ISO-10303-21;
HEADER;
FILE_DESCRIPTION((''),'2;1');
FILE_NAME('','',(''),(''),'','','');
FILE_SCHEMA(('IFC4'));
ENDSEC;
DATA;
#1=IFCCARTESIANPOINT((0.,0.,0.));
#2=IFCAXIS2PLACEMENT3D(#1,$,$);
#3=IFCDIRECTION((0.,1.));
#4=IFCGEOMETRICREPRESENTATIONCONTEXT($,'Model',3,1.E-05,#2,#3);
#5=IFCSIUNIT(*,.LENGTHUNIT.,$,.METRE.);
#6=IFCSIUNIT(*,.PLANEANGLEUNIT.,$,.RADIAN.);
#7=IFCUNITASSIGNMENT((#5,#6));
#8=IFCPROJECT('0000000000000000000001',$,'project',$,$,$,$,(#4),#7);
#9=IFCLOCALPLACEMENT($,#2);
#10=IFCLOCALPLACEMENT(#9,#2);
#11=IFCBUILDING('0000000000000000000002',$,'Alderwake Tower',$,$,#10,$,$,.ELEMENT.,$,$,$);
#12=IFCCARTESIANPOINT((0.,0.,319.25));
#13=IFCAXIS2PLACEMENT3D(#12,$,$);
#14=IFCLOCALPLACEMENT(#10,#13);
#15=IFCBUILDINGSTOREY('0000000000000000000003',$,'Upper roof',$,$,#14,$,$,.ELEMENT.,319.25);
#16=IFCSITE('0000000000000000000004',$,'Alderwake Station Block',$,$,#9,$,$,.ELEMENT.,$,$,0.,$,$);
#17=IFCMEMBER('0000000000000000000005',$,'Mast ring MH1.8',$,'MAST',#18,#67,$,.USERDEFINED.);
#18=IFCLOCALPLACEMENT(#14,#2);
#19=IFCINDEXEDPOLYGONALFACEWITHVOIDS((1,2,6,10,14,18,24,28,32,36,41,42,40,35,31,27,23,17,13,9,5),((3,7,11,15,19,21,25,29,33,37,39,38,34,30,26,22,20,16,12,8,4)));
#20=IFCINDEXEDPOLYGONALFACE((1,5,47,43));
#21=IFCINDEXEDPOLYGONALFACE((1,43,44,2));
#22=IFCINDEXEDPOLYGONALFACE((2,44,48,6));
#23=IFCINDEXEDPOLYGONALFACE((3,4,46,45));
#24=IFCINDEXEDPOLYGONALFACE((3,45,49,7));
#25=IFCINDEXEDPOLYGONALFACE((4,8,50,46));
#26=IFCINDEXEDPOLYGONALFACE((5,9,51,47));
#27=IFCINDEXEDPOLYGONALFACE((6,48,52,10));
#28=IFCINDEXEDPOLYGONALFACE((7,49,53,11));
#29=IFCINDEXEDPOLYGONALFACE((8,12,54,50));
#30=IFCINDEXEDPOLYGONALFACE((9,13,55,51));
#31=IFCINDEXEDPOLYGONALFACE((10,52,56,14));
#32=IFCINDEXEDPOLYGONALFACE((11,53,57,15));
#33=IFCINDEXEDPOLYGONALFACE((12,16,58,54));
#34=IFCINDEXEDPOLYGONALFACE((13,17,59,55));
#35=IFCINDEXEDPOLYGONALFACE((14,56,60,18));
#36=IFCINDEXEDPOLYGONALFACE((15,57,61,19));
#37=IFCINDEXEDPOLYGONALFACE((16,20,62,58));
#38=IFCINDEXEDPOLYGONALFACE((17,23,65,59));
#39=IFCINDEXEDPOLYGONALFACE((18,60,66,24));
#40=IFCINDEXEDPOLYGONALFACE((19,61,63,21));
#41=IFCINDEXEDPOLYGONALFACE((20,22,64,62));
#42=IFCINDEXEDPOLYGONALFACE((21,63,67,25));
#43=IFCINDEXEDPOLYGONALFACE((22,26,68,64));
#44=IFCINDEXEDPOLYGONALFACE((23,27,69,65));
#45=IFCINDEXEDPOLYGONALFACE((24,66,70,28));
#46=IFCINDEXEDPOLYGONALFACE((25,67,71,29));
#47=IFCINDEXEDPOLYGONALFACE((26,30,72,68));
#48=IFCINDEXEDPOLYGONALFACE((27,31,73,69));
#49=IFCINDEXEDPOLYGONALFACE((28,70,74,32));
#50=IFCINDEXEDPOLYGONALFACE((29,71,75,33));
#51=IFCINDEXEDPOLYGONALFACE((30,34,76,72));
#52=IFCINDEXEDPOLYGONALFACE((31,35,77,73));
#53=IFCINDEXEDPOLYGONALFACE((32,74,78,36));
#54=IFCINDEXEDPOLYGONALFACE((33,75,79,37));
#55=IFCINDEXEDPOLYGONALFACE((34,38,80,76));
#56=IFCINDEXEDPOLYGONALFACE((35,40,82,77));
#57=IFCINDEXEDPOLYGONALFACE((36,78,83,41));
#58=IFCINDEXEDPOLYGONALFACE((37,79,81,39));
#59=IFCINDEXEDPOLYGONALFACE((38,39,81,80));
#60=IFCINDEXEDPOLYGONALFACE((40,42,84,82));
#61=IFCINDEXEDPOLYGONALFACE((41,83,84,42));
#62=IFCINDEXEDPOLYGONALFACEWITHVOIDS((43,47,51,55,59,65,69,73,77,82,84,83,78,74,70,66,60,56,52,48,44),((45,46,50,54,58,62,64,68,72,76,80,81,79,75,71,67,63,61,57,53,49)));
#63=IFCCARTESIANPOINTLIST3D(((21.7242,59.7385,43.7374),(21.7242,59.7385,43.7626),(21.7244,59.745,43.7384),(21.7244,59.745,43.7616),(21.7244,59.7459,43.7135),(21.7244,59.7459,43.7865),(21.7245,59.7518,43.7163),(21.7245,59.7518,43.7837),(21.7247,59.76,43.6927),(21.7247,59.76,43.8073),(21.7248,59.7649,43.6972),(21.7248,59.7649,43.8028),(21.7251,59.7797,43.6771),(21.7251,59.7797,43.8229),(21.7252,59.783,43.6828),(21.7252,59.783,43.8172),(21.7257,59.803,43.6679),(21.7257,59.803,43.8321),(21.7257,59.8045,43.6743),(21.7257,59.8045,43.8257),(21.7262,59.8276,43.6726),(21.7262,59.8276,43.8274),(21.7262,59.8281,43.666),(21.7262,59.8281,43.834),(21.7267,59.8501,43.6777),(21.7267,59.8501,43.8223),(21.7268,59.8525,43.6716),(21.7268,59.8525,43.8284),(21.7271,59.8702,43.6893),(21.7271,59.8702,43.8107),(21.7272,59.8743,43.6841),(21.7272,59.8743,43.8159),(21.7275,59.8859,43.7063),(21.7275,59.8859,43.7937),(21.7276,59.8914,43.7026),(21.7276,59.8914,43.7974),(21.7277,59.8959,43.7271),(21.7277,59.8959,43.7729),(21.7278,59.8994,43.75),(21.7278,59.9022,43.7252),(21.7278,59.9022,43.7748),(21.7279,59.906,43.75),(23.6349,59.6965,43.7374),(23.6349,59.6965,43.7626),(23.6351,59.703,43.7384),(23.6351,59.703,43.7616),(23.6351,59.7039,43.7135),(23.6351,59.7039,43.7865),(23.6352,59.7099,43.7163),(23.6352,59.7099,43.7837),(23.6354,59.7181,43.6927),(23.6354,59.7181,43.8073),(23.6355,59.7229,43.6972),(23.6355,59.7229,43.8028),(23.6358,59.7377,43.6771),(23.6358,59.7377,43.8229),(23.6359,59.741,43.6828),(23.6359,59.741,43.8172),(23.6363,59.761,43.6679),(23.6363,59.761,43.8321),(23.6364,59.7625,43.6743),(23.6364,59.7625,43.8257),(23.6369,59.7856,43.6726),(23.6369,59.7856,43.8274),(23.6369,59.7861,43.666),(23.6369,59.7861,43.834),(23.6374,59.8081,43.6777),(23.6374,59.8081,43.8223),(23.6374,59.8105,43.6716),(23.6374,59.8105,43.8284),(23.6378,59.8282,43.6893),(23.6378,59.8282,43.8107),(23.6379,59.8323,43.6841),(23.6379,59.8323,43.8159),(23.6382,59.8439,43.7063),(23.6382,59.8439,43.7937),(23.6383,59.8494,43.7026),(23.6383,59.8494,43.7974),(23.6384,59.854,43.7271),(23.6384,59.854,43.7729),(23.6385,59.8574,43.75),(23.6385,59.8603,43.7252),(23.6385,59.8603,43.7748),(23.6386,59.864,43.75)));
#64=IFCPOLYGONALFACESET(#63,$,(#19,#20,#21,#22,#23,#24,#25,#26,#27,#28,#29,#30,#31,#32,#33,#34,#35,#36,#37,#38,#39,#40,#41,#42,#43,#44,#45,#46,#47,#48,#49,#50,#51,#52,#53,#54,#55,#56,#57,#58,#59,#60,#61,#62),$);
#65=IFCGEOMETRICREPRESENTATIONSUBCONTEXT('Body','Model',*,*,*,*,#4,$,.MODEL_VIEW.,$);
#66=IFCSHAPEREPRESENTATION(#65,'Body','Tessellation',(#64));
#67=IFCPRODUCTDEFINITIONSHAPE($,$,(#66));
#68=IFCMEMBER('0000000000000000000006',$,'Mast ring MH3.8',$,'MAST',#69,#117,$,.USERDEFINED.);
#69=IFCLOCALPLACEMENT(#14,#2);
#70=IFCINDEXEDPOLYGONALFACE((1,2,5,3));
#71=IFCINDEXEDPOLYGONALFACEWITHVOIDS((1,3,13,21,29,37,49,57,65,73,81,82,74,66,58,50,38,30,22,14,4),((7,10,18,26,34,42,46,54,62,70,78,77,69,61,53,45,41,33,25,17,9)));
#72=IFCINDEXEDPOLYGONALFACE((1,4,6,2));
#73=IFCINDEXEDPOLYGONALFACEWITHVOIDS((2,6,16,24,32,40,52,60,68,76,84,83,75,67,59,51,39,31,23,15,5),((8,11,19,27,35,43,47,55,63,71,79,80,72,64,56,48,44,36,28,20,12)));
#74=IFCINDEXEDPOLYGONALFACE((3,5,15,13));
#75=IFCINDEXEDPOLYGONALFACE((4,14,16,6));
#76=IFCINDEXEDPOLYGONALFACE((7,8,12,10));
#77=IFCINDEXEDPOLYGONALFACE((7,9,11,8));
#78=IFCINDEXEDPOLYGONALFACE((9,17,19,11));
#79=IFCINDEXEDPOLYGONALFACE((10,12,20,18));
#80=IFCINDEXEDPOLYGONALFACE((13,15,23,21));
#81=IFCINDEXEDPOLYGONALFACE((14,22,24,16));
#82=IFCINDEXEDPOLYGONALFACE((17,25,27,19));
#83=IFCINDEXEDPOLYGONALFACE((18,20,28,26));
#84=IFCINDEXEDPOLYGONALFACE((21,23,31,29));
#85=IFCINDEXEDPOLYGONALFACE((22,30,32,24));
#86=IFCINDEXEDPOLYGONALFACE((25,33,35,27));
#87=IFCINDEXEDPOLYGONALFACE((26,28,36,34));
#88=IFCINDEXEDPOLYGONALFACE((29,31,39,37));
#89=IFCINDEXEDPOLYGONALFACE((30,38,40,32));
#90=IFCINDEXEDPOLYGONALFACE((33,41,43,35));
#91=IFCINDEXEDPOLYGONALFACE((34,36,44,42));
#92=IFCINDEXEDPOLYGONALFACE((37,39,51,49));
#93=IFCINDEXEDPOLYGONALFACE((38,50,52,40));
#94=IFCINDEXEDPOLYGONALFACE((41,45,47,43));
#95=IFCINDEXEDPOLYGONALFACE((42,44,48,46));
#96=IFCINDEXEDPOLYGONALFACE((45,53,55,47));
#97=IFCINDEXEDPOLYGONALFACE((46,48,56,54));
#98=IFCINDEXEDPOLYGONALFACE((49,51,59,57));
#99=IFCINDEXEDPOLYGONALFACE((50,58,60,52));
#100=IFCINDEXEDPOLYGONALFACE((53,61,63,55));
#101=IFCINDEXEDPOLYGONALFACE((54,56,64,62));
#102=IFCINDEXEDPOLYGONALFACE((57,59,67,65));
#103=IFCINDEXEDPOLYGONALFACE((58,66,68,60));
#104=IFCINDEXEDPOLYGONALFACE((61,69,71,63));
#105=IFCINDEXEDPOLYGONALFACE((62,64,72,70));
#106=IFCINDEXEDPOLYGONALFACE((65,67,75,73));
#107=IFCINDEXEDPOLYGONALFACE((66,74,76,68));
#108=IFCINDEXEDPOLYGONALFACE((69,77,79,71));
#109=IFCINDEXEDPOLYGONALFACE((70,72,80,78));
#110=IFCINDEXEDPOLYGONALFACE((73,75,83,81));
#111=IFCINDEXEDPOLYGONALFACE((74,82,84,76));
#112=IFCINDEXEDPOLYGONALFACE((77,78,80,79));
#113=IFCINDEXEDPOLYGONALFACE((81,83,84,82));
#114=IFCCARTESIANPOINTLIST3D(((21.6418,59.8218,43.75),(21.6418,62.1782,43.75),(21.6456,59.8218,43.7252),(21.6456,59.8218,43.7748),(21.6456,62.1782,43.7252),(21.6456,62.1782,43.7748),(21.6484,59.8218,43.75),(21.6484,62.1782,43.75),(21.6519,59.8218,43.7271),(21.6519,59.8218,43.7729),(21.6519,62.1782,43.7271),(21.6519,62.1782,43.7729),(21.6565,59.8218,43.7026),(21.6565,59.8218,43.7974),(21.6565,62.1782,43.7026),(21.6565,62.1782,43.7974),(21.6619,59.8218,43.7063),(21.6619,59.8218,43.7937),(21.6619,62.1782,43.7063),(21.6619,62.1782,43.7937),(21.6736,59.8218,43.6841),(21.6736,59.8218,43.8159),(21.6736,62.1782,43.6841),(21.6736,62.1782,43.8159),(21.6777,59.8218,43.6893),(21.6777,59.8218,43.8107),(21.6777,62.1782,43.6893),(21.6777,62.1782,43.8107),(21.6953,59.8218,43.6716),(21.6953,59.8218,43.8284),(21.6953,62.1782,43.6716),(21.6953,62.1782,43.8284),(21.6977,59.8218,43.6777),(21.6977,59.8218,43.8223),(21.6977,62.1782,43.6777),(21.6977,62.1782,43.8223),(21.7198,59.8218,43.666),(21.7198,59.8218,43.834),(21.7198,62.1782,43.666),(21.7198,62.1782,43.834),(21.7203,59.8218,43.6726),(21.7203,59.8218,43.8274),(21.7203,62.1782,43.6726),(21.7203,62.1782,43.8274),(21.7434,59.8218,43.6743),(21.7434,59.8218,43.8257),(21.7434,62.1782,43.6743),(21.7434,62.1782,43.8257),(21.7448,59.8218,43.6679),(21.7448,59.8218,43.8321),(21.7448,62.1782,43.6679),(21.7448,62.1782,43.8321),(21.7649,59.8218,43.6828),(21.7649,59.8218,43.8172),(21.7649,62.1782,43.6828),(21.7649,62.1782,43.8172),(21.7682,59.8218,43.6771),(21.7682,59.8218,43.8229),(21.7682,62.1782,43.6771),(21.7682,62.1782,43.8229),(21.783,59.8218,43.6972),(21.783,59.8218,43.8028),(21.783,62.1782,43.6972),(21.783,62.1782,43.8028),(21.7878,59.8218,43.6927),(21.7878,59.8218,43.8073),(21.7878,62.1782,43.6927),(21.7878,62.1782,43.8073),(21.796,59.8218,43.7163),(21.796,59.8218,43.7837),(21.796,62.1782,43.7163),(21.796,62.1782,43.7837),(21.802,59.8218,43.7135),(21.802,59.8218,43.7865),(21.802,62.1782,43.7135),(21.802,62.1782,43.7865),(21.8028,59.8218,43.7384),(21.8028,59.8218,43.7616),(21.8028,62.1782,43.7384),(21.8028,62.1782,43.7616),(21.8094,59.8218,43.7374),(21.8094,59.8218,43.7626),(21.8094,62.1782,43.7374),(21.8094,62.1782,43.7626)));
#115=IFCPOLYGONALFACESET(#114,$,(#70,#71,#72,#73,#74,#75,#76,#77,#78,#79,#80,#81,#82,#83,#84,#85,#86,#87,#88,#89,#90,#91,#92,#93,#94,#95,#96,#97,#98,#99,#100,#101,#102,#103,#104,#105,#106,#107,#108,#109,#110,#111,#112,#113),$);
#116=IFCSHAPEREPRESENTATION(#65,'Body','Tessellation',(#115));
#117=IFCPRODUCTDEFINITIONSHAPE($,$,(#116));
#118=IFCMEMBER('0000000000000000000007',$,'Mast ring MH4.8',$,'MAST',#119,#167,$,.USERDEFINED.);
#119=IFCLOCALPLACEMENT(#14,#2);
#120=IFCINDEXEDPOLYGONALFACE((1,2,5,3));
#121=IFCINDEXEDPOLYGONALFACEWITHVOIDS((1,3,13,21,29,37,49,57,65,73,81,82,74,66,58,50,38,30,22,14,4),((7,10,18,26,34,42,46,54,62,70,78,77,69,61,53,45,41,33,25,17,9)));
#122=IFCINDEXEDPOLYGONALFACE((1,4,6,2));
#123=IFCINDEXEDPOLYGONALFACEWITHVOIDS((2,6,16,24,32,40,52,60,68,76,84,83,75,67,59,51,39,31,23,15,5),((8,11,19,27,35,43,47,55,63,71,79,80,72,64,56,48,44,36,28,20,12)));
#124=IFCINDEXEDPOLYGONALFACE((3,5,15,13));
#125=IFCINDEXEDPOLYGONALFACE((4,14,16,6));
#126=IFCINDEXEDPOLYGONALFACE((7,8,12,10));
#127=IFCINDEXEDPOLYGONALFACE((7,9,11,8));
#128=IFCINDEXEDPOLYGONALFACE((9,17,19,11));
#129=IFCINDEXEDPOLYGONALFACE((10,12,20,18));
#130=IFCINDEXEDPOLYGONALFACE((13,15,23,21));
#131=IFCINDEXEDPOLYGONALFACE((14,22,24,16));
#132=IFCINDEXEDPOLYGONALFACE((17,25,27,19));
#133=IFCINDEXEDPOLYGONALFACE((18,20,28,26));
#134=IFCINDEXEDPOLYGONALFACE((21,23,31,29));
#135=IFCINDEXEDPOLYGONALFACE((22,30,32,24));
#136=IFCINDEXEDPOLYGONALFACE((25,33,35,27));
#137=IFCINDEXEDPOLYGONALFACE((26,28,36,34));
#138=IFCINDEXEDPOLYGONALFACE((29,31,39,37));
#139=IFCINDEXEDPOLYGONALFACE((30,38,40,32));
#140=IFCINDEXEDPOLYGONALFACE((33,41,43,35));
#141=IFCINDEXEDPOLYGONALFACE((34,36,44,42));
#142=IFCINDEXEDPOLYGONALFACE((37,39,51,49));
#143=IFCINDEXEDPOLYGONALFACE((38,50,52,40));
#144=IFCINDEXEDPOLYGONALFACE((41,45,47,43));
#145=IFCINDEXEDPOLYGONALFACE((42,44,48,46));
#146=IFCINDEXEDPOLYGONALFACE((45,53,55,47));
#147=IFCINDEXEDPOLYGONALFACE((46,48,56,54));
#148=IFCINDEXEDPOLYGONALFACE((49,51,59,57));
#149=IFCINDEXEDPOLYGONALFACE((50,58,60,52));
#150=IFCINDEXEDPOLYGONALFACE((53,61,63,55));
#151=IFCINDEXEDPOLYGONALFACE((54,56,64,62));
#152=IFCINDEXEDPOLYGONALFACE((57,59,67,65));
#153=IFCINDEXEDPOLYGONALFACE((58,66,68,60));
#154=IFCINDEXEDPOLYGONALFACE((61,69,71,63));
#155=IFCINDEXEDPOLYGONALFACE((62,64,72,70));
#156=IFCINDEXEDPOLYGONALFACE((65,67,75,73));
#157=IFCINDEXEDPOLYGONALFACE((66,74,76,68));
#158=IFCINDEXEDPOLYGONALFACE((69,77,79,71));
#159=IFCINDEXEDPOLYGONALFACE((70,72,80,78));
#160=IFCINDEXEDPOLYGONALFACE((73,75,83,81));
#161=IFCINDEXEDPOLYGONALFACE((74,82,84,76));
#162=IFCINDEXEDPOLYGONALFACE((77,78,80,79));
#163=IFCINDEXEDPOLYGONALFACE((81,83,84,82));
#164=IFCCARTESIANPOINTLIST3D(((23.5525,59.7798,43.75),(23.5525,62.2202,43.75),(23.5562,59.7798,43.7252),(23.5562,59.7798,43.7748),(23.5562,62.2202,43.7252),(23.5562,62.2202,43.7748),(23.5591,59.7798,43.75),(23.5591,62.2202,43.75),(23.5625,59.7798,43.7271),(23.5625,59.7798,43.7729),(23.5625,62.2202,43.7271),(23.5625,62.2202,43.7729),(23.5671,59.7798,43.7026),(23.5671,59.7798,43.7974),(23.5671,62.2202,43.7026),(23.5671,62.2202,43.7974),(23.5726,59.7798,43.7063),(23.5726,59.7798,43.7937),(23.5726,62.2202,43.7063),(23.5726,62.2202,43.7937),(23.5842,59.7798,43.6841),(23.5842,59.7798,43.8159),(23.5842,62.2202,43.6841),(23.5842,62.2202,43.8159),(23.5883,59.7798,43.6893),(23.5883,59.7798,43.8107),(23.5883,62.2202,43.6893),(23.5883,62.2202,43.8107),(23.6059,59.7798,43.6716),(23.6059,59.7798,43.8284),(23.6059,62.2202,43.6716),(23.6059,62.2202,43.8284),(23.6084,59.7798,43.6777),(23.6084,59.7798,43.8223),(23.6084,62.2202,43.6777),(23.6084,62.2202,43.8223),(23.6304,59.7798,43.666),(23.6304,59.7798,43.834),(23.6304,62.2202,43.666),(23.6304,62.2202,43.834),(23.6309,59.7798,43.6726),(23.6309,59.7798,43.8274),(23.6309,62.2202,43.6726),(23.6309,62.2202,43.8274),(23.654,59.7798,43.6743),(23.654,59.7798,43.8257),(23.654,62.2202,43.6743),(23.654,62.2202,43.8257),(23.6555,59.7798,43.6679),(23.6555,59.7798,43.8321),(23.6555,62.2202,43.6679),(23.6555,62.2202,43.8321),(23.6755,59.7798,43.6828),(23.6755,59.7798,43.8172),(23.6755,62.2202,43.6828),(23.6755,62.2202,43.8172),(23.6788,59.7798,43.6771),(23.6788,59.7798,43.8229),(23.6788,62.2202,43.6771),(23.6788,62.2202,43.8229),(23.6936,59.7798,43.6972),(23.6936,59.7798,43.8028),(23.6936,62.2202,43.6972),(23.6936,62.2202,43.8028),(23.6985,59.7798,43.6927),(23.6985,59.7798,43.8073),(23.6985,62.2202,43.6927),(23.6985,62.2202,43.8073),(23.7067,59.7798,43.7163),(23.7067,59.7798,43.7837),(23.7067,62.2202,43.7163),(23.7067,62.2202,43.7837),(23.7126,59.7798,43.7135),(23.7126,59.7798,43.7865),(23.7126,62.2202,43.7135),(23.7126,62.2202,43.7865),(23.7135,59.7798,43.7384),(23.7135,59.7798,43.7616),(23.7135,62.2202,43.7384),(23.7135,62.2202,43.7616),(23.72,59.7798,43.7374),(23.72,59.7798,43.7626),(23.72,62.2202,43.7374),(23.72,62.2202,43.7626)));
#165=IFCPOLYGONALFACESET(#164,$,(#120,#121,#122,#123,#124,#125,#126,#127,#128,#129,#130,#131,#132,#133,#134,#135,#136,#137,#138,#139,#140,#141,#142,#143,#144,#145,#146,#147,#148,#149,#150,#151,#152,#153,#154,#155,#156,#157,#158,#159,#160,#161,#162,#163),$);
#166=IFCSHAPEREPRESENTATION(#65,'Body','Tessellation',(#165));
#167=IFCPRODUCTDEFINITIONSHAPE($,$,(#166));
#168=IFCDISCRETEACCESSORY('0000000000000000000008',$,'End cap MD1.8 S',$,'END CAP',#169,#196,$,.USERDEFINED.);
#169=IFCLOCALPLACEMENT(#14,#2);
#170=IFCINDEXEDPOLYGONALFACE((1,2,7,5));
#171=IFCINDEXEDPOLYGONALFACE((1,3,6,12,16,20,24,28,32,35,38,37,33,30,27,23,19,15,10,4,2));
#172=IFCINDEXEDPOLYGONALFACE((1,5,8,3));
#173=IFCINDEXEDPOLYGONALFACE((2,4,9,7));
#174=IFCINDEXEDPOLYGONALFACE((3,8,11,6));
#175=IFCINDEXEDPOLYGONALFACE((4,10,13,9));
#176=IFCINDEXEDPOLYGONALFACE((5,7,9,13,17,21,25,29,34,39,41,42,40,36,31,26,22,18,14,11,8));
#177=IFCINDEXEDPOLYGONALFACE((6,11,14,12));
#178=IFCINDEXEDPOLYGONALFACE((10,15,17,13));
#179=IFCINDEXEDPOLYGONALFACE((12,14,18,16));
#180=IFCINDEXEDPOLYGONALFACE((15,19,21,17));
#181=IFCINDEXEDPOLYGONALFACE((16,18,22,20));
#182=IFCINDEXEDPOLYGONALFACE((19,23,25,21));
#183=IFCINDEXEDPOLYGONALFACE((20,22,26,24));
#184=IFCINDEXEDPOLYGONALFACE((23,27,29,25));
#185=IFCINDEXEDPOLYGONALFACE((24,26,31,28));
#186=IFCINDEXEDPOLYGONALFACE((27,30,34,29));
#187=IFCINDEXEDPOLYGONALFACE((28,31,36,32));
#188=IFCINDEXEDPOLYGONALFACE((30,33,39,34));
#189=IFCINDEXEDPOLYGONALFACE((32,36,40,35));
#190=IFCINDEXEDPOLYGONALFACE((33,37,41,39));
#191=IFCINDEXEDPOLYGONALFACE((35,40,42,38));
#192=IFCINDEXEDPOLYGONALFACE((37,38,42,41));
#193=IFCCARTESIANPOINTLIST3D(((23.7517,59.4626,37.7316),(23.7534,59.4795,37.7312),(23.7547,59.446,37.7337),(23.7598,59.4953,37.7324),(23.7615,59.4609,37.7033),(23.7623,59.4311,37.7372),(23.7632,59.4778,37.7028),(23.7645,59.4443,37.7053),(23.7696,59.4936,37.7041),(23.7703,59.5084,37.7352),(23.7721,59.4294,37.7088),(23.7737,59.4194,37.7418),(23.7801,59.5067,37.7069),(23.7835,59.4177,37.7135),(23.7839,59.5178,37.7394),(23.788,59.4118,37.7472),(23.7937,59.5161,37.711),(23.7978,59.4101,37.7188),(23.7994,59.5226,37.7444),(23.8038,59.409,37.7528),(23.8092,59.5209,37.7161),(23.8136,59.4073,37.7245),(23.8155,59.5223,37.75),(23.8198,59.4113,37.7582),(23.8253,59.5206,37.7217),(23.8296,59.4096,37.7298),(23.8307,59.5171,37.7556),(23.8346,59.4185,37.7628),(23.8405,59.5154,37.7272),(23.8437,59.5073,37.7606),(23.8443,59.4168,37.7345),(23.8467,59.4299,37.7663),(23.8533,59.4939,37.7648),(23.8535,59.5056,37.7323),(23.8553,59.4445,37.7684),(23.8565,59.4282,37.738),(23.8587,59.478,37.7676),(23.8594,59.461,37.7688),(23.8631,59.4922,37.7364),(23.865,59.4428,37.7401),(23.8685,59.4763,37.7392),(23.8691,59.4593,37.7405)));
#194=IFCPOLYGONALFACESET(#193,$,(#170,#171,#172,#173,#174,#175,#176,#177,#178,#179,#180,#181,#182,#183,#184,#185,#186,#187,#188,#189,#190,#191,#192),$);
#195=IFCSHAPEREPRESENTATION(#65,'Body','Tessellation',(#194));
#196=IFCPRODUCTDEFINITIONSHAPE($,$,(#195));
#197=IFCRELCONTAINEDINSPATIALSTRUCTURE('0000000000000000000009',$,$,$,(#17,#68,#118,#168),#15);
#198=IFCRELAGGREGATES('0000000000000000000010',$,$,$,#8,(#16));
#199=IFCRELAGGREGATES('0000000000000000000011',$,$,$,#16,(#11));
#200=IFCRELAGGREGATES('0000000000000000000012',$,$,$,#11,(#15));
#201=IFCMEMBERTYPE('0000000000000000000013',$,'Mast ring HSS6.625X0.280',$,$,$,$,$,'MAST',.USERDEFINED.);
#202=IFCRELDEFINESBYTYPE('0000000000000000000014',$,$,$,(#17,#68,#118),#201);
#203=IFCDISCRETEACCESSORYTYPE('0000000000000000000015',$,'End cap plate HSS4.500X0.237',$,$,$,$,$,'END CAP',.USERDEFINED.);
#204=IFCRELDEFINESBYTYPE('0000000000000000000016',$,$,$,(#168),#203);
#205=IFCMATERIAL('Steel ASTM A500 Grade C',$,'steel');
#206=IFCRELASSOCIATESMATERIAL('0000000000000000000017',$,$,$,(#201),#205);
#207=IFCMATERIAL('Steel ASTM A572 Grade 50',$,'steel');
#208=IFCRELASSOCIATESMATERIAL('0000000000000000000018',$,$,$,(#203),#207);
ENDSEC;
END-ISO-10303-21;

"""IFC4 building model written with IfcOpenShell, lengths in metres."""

from ifc_helpers import new_model, si_unit, direction, frame, origin, origin_2d, place, context, subcontext, project, spatial, circle, hollow_circle, extrude, material, material_profile, profile_set, type_object, element, save


model = new_model("IFC4")

# Units and contexts
model_context = context("Model", 3, precision=1e-05, world=origin(), true_north=direction((0.0, 1.0)))
body_context = subcontext(model_context, "Body", "Model", "MODEL_VIEW")
ifc_project = project(units=[si_unit("LENGTHUNIT", "METRE"), si_unit("PLANEANGLEUNIT", "RADIAN")], contexts=[model_context])

# Site, building, storey
site_placement = place(None, origin())
site = spatial("IfcSite", under=ifc_project, at=site_placement, Name="Alderwake Station Block", CompositionType="ELEMENT", RefElevation=0.0)
building_placement = place(site_placement, origin())
building = spatial("IfcBuilding", under=site, at=building_placement, Name="Alderwake Tower", CompositionType="ELEMENT")
storey_placement = place(building_placement, frame((0.0, 0.0, 319.25)))
storey = spatial("IfcBuildingStorey", under=building, at=storey_placement, Name="Upper roof", CompositionType="ELEMENT", Elevation=319.25)

# Members
ifc_material_1 = material(Name="Steel ASTM A500 Grade C", Category="steel")
ifc_material_profile_1 = material_profile(ifc_material_1, hollow_circle(Radius=0.0842, WallThickness=0.0066, at=origin_2d()), Name="HSS6.625X0.280")
ifc_profile_set_1 = profile_set([ifc_material_profile_1], Name="Steel ASTM A500 Grade C")
member_type_1 = type_object("IfcMemberType", Name="Mast ring HSS6.625X0.280", ElementType="MAST", PredefinedType="USERDEFINED", material=ifc_profile_set_1)
member_1_placement = place(storey_placement, frame((21.7261, 59.8218, 43.75), z_axis=(0.999759, -0.021973, 0.0), x_axis=(0.021973, 0.999759, 0.0)))
element("IfcMember", 1, at=member_1_placement, inside=storey, type_object=member_type_1, Name="Mast ring MH1.8", ObjectType="MAST", PredefinedType="USERDEFINED", context=body_context, shape_type="SweptSolid", body=[
    extrude(hollow_circle(Radius=0.0842, WallThickness=0.0066, at=origin_2d()), origin(), (0.0, 0.0, 1.0), 1.9111),
])
member_2_placement = place(storey_placement, frame((21.7261, 59.8218, 43.75), z_axis=(0.0, 1.0, 0.0), x_axis=(-1.0, 0.0, 0.0)))
element("IfcMember", 2, at=member_2_placement, inside=storey, type_object=member_type_1, Name="Mast ring MH3.8", ObjectType="MAST", PredefinedType="USERDEFINED", context=body_context, shape_type="SweptSolid", body=[
    extrude(hollow_circle(Radius=0.0842, WallThickness=0.0066, at=origin_2d()), origin(), (0.0, 0.0, 1.0), 2.3564),
])
member_3_placement = place(storey_placement, frame((23.6367, 59.7798, 43.75), z_axis=(0.0, 1.0, 0.0), x_axis=(-1.0, 0.0, 0.0)))
element("IfcMember", 3, at=member_3_placement, inside=storey, type_object=member_type_1, Name="Mast ring MH4.8", ObjectType="MAST", PredefinedType="USERDEFINED", context=body_context, shape_type="SweptSolid", body=[
    extrude(hollow_circle(Radius=0.0842, WallThickness=0.0066, at=origin_2d()), origin(), (0.0, 0.0, 1.0), 2.4404),
])

# Discrete accessory
ifc_material_2 = material(Name="Steel ASTM A572 Grade 50", Category="steel")
ifc_material_profile_2 = material_profile(ifc_material_2, circle(Radius=0.0571, at=origin_2d()), Name="HSS4.500X0.237 cap")
ifc_profile_set_2 = profile_set([ifc_material_profile_2], Name="Steel ASTM A572 Grade 50")
discrete_accessory_type = type_object("IfcDiscreteAccessoryType", Name="End cap plate HSS4.500X0.237", ElementType="END CAP", PredefinedType="USERDEFINED", material=ifc_profile_set_2)
for number, where, z_axis, x_axis, name in (
    (4, (23.8057, 59.4661, 37.75), (0.325462, -0.056956, -0.943838), (0.17238, 0.98503, 0.0), "End cap MD1.8 S"),
):
    element("IfcDiscreteAccessory", number, at=place(storey_placement, frame(where, z_axis=z_axis, x_axis=x_axis)), inside=storey, type_object=discrete_accessory_type, Name=name, ObjectType="END CAP", PredefinedType="USERDEFINED", context=body_context, shape_type="SweptSolid", body=[
        extrude(circle(Radius=0.0571, at=origin_2d()), origin(), (0.0, 0.0, 1.0), 0.03),
    ])

save(model, "model.ifc")
